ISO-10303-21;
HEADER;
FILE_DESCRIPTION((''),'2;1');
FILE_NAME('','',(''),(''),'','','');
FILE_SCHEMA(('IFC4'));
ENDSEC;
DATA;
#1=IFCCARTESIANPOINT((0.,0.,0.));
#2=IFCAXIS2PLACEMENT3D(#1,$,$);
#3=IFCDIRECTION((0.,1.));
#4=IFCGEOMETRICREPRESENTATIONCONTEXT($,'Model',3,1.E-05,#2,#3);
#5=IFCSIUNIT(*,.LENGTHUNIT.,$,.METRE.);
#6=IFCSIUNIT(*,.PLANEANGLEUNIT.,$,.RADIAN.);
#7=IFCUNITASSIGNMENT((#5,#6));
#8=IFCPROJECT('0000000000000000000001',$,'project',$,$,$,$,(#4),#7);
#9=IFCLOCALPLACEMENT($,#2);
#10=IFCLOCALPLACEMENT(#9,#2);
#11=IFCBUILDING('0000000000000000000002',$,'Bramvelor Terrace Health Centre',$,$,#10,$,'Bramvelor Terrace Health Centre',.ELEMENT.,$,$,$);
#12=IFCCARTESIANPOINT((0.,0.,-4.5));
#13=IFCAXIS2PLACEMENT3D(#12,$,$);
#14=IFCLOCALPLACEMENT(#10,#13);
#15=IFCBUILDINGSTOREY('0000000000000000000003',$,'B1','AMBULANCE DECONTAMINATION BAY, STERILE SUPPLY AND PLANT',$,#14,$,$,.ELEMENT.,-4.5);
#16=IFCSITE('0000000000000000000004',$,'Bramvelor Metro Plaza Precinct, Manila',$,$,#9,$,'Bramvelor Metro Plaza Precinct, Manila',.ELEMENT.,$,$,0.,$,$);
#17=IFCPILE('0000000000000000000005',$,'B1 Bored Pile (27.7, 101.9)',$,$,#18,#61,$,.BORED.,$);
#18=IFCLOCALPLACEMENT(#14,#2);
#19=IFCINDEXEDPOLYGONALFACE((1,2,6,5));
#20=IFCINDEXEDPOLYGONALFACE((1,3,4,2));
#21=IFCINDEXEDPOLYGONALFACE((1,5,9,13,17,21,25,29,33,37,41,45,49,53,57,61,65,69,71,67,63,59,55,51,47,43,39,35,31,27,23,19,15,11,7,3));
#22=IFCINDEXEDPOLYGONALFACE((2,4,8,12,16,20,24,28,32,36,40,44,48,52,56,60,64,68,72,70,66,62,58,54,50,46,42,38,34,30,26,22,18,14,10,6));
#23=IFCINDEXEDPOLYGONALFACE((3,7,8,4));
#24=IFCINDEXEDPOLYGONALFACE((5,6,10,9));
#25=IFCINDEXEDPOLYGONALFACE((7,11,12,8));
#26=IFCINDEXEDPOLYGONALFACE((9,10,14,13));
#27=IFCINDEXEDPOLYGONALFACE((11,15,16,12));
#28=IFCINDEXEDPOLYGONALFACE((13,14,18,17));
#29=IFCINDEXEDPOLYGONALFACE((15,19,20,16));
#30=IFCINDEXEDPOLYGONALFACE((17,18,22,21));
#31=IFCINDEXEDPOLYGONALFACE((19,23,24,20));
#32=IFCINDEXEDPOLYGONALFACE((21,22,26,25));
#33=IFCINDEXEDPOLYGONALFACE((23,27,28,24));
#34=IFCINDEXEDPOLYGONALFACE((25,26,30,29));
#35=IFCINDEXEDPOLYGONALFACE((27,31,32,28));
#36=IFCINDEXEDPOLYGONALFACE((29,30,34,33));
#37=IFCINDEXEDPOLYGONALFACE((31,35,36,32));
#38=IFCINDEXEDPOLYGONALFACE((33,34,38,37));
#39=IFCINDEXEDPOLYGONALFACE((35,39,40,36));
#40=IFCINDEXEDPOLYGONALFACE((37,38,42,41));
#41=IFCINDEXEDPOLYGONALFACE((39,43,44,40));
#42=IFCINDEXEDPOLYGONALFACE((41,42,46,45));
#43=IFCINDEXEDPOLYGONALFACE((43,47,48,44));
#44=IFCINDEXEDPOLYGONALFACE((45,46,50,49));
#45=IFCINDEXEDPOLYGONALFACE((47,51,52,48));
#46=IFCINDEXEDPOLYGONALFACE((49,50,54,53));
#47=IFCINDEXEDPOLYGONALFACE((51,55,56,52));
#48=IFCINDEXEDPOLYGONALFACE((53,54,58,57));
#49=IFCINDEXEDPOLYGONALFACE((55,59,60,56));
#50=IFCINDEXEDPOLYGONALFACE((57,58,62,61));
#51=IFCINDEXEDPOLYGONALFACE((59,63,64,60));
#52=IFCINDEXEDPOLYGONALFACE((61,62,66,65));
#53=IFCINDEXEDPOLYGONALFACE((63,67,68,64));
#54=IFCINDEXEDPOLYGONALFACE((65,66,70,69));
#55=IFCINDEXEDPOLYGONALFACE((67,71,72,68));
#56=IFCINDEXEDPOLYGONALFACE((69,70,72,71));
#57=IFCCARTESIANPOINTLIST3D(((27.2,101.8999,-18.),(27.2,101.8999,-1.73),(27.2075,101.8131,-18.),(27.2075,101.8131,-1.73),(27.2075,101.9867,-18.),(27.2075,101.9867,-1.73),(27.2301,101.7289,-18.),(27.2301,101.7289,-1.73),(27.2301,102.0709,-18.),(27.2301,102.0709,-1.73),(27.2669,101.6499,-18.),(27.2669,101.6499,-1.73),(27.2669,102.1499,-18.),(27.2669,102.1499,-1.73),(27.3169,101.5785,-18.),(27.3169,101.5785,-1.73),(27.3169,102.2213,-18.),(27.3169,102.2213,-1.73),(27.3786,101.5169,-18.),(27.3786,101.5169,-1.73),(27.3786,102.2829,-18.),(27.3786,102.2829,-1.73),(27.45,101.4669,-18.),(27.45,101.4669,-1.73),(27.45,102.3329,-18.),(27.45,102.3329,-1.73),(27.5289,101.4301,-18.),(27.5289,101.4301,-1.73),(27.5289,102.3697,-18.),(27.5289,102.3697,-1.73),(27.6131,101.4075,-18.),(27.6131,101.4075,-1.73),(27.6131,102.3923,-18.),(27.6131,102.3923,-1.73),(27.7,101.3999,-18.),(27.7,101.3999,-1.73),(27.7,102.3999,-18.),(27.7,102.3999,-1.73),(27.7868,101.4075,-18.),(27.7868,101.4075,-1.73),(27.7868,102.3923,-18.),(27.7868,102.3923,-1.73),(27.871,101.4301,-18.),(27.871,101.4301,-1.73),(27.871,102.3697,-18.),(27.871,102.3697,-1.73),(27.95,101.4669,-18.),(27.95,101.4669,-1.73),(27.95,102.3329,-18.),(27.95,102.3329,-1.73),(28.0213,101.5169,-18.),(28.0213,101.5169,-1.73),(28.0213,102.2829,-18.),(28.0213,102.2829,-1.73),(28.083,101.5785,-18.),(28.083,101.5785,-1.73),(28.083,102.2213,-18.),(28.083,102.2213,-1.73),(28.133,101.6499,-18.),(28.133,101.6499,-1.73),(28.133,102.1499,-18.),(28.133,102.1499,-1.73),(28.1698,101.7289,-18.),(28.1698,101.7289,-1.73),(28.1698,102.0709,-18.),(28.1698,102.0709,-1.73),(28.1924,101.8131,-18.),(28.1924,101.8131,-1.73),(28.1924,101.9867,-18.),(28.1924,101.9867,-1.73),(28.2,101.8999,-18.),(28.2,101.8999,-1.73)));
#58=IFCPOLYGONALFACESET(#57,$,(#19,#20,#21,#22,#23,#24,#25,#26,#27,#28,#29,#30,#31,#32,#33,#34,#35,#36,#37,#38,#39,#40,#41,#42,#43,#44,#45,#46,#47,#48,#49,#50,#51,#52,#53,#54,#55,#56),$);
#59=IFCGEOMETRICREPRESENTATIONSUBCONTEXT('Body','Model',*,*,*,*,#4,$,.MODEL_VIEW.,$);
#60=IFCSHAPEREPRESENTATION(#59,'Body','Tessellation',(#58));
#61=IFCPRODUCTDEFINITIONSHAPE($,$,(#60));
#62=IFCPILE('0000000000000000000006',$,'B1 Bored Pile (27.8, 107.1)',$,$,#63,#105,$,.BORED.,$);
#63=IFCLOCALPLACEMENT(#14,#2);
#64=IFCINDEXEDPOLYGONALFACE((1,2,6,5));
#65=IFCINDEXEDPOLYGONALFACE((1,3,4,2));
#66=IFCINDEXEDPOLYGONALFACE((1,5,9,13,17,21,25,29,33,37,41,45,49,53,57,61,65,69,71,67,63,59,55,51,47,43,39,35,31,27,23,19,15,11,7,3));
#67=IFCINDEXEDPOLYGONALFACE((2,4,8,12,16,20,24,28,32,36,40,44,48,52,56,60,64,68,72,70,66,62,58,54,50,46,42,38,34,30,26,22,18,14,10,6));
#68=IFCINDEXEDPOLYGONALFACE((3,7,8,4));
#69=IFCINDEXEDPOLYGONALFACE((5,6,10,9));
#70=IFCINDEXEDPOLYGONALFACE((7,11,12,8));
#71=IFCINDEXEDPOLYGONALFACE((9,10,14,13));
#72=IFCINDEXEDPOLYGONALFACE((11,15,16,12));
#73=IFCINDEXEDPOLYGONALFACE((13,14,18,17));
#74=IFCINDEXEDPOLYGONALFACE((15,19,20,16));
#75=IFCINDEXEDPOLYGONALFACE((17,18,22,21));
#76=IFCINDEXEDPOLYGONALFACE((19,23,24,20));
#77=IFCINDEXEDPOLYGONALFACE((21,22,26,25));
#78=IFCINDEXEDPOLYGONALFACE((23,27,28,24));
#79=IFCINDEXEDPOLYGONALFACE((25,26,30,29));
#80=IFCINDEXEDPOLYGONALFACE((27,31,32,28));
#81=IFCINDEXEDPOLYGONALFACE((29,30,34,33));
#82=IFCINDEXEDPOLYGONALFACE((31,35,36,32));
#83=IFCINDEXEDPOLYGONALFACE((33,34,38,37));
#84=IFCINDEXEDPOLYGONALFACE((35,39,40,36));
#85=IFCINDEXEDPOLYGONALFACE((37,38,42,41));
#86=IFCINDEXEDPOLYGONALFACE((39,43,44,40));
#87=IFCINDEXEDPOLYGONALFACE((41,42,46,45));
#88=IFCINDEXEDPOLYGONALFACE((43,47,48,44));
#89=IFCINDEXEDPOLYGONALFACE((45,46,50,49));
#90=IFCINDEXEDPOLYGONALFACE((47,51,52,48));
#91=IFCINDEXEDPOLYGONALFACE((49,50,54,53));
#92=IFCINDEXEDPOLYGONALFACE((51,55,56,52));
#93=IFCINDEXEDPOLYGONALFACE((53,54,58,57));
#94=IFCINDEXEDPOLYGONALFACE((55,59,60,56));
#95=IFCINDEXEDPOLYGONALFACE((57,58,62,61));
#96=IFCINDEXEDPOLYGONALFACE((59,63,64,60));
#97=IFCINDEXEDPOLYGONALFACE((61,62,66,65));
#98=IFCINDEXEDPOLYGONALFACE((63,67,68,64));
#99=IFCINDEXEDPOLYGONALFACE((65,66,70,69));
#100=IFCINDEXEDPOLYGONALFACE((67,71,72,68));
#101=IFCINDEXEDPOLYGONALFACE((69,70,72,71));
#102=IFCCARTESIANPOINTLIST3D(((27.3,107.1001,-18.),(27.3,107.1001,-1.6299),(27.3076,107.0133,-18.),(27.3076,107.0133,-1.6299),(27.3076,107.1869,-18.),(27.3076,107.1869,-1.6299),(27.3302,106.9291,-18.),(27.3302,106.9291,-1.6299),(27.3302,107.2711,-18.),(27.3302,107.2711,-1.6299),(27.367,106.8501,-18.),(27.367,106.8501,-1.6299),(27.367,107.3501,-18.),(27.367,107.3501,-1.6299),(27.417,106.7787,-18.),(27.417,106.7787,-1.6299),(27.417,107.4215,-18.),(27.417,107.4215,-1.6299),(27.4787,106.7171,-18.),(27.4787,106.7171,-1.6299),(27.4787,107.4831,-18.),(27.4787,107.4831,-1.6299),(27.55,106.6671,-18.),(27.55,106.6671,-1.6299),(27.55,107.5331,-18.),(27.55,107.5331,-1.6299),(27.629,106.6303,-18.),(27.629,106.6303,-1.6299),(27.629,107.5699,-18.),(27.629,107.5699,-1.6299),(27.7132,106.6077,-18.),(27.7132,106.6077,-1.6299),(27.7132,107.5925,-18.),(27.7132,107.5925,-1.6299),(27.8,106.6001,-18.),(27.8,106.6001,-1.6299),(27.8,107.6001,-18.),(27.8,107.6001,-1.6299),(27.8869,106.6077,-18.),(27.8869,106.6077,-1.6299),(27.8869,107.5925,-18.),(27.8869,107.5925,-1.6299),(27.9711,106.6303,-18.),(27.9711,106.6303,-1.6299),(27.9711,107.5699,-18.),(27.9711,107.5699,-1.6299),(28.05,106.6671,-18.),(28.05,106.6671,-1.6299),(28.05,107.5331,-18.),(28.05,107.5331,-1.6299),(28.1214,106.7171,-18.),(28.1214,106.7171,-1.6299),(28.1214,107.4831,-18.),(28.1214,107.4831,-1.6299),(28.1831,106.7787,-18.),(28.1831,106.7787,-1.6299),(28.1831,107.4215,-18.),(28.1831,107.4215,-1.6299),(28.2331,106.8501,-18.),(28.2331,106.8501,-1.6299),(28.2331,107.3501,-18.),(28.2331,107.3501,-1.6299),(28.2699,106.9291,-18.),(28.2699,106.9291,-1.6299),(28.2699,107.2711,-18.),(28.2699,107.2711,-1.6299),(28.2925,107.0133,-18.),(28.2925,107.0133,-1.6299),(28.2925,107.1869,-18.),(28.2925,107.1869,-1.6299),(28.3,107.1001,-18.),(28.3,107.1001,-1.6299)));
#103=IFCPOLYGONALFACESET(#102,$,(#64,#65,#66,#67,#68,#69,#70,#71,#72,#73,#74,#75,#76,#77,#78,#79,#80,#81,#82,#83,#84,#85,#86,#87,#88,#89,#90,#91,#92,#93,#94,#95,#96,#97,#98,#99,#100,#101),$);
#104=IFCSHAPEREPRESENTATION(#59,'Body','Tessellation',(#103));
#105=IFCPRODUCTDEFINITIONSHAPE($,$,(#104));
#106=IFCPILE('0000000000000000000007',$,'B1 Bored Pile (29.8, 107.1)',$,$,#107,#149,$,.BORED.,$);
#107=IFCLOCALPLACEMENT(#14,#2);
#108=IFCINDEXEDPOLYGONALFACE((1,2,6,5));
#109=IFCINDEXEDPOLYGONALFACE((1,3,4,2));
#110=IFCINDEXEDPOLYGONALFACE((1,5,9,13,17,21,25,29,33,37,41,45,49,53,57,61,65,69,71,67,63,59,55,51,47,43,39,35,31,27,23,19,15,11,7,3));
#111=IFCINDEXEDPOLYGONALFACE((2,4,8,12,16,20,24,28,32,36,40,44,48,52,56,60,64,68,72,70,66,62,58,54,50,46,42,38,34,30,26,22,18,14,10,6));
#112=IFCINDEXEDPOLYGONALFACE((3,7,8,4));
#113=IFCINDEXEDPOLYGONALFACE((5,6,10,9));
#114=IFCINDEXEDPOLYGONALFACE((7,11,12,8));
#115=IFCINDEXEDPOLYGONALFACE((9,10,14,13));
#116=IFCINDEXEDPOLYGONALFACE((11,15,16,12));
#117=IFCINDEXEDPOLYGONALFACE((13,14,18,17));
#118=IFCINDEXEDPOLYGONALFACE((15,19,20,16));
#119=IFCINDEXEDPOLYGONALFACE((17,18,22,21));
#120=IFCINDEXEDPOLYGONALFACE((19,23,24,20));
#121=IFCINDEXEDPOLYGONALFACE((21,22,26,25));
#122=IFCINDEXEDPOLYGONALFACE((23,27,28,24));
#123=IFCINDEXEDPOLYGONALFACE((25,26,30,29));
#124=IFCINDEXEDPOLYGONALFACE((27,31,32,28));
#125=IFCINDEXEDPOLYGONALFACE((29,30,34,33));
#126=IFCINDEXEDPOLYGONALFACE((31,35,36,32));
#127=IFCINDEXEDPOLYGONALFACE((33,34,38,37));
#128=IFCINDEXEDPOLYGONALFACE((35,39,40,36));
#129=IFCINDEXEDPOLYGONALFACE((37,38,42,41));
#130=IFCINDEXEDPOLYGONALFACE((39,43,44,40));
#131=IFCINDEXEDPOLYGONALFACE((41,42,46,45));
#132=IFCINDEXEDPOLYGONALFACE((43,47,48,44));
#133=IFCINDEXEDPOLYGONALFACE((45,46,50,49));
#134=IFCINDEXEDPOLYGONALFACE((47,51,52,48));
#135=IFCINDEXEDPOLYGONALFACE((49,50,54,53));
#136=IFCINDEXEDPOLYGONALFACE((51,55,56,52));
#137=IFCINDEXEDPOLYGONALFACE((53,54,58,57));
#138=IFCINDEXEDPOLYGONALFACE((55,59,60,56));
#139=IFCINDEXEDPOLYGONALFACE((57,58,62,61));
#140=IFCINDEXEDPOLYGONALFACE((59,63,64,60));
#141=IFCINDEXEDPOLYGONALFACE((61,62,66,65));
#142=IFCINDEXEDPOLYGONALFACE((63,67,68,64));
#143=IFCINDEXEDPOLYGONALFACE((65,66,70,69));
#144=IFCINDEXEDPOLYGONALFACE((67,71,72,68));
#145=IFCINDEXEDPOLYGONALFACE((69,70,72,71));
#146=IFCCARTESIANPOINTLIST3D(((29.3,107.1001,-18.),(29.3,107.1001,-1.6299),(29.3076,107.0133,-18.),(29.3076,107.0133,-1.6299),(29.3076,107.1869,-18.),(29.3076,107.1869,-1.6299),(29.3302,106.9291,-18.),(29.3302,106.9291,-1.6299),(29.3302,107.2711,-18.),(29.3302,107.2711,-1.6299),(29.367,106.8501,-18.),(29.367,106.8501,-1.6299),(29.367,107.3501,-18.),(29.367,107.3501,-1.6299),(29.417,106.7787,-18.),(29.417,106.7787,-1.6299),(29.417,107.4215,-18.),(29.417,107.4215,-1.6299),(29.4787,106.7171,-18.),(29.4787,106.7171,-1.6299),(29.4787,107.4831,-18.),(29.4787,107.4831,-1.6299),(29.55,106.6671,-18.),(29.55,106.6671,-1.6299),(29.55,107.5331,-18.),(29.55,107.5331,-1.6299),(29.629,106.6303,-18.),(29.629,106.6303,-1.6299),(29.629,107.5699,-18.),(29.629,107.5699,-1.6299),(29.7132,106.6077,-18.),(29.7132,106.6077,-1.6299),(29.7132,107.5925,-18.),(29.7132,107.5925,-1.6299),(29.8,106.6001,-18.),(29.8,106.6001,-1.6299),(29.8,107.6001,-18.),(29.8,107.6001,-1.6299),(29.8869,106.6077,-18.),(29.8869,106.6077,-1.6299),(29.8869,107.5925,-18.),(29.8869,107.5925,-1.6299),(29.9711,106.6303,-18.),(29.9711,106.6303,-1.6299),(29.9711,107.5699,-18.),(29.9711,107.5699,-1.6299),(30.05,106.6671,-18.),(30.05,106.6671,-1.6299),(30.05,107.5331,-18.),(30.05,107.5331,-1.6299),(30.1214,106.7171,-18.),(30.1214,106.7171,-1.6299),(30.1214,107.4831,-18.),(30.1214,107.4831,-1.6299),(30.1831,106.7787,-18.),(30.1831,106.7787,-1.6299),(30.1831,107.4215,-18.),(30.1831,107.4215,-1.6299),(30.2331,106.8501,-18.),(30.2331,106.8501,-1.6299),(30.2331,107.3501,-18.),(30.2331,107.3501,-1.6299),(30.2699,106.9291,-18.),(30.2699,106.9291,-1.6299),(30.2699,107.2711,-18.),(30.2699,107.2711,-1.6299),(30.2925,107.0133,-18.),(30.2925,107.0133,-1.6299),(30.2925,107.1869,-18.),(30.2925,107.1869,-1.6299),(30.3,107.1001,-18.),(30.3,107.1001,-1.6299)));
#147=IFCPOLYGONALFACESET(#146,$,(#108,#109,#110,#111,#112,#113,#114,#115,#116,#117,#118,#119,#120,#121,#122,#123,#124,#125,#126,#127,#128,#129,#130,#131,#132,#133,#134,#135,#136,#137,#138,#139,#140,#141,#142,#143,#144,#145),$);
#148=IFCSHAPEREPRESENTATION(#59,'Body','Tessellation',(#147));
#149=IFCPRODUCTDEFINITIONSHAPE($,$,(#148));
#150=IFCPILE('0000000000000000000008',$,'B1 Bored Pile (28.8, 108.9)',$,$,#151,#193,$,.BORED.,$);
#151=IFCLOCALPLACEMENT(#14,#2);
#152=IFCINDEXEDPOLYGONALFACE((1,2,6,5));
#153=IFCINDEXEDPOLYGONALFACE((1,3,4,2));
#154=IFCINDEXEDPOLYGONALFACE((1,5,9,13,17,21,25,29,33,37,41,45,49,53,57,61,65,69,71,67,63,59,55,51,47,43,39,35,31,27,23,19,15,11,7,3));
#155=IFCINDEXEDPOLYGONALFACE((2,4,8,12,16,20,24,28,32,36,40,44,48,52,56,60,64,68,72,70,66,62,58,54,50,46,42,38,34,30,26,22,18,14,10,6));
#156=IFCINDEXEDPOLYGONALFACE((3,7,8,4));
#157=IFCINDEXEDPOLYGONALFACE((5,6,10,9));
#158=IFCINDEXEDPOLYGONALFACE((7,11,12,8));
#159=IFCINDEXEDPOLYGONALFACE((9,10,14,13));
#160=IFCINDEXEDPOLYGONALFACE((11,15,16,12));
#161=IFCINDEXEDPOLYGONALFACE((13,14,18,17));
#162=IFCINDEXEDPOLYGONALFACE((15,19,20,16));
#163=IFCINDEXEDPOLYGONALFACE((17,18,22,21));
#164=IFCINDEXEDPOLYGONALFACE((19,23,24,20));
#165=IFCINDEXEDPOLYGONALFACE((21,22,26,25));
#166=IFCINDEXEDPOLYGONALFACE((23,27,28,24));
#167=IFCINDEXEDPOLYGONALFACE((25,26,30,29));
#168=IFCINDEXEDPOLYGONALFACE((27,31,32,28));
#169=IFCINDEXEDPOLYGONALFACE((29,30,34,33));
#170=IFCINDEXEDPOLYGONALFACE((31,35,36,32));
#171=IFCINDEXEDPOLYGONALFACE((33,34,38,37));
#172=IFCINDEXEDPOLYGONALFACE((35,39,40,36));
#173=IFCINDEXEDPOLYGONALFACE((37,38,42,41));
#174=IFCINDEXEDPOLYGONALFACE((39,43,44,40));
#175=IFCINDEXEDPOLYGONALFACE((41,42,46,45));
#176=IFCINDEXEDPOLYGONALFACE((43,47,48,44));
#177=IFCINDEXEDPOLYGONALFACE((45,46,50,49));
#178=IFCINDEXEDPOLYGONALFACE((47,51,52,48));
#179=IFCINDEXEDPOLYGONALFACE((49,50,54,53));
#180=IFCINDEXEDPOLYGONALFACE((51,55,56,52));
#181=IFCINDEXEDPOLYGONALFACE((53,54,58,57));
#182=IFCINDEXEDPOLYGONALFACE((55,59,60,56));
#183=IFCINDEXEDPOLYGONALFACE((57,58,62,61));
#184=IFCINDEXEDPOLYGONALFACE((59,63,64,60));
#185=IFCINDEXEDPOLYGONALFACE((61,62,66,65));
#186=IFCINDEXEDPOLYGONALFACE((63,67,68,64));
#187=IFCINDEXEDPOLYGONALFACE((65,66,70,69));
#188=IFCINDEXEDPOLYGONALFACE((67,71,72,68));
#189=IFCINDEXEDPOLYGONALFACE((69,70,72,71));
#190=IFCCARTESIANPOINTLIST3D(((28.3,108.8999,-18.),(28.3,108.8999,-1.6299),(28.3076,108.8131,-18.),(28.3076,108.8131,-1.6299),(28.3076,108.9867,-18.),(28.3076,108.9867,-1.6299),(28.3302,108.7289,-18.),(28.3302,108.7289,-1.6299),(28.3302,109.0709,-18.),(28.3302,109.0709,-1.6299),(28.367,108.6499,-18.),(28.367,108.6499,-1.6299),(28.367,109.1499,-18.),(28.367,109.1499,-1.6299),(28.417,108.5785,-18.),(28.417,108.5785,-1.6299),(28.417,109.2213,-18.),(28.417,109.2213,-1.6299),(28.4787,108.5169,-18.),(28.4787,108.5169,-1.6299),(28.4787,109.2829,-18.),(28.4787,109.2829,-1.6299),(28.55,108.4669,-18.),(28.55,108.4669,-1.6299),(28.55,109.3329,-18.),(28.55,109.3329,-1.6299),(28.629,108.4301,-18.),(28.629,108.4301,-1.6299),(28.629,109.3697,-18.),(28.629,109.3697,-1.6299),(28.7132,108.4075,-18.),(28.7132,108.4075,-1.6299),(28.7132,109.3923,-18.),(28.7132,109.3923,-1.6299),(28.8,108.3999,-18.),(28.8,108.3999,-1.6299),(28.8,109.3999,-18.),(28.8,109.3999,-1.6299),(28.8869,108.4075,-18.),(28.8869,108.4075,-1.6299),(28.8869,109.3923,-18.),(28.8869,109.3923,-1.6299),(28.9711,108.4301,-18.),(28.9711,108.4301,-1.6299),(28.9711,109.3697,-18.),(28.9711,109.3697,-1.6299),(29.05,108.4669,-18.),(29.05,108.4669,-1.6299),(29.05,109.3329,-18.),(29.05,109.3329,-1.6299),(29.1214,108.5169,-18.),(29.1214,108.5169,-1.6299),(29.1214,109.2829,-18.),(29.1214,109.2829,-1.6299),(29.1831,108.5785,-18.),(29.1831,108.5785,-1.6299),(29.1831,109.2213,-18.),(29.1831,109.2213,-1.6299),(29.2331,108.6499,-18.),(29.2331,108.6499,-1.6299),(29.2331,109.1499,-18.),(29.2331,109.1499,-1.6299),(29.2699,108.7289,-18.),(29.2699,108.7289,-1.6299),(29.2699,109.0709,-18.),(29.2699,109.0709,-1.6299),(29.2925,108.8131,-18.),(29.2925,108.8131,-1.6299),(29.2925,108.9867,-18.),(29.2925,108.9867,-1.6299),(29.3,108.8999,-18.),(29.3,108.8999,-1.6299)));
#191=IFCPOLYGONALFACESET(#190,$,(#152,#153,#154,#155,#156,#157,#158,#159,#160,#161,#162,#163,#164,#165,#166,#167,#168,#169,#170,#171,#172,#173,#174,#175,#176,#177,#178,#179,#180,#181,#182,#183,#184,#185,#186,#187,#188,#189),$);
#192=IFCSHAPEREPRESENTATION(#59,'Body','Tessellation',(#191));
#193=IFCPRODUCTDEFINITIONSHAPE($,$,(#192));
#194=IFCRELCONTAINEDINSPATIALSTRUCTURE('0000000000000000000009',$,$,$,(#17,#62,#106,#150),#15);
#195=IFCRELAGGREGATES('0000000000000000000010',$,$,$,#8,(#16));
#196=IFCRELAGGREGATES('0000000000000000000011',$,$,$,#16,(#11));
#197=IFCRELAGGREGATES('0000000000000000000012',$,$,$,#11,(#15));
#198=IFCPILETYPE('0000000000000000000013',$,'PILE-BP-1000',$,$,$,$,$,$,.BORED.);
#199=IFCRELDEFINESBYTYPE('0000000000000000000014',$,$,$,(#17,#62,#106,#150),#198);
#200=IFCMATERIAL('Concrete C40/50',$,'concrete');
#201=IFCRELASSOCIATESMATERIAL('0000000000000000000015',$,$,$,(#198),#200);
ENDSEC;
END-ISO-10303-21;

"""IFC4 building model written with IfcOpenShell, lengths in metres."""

from ifc_helpers import new_model, si_unit, direction, frame, origin, origin_2d, place, context, subcontext, project, spatial, circle, extrude, material, material_profile, profile_set, type_object, element, save


model = new_model("IFC4")

# Units and contexts
model_context = context("Model", 3, precision=1e-05, world=origin(), true_north=direction((0.0, 1.0)))
body_context = subcontext(model_context, "Body", "Model", "MODEL_VIEW")
ifc_project = project(units=[si_unit("LENGTHUNIT", "METRE"), si_unit("PLANEANGLEUNIT", "RADIAN")], contexts=[model_context])

# Site, building, storey
site_placement = place(None, origin())
site = spatial("IfcSite", under=ifc_project, at=site_placement, Name="Bramvelor Metro Plaza Precinct, Manila", LongName="Bramvelor Metro Plaza Precinct, Manila", CompositionType="ELEMENT", RefElevation=0.0)
building_placement = place(site_placement, origin())
building = spatial("IfcBuilding", under=site, at=building_placement, Name="Bramvelor Terrace Health Centre", LongName="Bramvelor Terrace Health Centre", CompositionType="ELEMENT")
storey_placement = place(building_placement, frame((0.0, 0.0, -4.5)))
storey = spatial("IfcBuildingStorey", under=building, at=storey_placement, Name="B1", Description="AMBULANCE DECONTAMINATION BAY, STERILE SUPPLY AND PLANT", CompositionType="ELEMENT", Elevation=-4.5)

# Piles
ifc_material_1 = material(Name="Concrete C40/50", Category="concrete")
ifc_material_profile_1 = material_profile(ifc_material_1, circle(Radius=0.5, at=origin_2d()), Name="BP D1000")
ifc_profile_set_1 = profile_set([ifc_material_profile_1], Name="Concrete C40/50")
pile_type_1 = type_object("IfcPileType", Name="PILE-BP-1000", PredefinedType="BORED", material=ifc_profile_set_1)
for number, where, z_axis, x_axis, name in (
    (1, (27.7, 101.8999, -1.73), (0.0, 0.0, -1.0), (1.0, 0.0, 0.0), "B1 Bored Pile (27.7, 101.9)"),
):
    element("IfcPile", number, at=place(storey_placement, frame(where, z_axis=z_axis, x_axis=x_axis)), inside=storey, type_object=pile_type_1, Name=name, PredefinedType="BORED", context=body_context, shape_type="SweptSolid", body=[
        extrude(circle(Radius=0.5, at=origin_2d()), origin(), (0.0, 0.0, 1.0), 16.27),
    ])
for number, where, z_axis, x_axis, name in (
    (2, (27.8, 107.1001, -1.6299), (0.0, 0.0, -1.0), (1.0, 0.0, 0.0), "B1 Bored Pile (27.8, 107.1)"),
    (3, (29.8, 107.1001, -1.6299), (0.0, 0.0, -1.0), (1.0, 0.0, 0.0), "B1 Bored Pile (29.8, 107.1)"),
    (4, (28.8, 108.8999, -1.6299), (0.0, 0.0, -1.0), (1.0, 0.0, 0.0), "B1 Bored Pile (28.8, 108.9)"),
):
    element("IfcPile", number, at=place(storey_placement, frame(where, z_axis=z_axis, x_axis=x_axis)), inside=storey, type_object=pile_type_1, Name=name, PredefinedType="BORED", context=body_context, shape_type="SweptSolid", body=[
        extrude(circle(Radius=0.5, at=origin_2d()), origin(), (0.0, 0.0, 1.0), 16.3701),
    ])

save(model, "model.ifc")
